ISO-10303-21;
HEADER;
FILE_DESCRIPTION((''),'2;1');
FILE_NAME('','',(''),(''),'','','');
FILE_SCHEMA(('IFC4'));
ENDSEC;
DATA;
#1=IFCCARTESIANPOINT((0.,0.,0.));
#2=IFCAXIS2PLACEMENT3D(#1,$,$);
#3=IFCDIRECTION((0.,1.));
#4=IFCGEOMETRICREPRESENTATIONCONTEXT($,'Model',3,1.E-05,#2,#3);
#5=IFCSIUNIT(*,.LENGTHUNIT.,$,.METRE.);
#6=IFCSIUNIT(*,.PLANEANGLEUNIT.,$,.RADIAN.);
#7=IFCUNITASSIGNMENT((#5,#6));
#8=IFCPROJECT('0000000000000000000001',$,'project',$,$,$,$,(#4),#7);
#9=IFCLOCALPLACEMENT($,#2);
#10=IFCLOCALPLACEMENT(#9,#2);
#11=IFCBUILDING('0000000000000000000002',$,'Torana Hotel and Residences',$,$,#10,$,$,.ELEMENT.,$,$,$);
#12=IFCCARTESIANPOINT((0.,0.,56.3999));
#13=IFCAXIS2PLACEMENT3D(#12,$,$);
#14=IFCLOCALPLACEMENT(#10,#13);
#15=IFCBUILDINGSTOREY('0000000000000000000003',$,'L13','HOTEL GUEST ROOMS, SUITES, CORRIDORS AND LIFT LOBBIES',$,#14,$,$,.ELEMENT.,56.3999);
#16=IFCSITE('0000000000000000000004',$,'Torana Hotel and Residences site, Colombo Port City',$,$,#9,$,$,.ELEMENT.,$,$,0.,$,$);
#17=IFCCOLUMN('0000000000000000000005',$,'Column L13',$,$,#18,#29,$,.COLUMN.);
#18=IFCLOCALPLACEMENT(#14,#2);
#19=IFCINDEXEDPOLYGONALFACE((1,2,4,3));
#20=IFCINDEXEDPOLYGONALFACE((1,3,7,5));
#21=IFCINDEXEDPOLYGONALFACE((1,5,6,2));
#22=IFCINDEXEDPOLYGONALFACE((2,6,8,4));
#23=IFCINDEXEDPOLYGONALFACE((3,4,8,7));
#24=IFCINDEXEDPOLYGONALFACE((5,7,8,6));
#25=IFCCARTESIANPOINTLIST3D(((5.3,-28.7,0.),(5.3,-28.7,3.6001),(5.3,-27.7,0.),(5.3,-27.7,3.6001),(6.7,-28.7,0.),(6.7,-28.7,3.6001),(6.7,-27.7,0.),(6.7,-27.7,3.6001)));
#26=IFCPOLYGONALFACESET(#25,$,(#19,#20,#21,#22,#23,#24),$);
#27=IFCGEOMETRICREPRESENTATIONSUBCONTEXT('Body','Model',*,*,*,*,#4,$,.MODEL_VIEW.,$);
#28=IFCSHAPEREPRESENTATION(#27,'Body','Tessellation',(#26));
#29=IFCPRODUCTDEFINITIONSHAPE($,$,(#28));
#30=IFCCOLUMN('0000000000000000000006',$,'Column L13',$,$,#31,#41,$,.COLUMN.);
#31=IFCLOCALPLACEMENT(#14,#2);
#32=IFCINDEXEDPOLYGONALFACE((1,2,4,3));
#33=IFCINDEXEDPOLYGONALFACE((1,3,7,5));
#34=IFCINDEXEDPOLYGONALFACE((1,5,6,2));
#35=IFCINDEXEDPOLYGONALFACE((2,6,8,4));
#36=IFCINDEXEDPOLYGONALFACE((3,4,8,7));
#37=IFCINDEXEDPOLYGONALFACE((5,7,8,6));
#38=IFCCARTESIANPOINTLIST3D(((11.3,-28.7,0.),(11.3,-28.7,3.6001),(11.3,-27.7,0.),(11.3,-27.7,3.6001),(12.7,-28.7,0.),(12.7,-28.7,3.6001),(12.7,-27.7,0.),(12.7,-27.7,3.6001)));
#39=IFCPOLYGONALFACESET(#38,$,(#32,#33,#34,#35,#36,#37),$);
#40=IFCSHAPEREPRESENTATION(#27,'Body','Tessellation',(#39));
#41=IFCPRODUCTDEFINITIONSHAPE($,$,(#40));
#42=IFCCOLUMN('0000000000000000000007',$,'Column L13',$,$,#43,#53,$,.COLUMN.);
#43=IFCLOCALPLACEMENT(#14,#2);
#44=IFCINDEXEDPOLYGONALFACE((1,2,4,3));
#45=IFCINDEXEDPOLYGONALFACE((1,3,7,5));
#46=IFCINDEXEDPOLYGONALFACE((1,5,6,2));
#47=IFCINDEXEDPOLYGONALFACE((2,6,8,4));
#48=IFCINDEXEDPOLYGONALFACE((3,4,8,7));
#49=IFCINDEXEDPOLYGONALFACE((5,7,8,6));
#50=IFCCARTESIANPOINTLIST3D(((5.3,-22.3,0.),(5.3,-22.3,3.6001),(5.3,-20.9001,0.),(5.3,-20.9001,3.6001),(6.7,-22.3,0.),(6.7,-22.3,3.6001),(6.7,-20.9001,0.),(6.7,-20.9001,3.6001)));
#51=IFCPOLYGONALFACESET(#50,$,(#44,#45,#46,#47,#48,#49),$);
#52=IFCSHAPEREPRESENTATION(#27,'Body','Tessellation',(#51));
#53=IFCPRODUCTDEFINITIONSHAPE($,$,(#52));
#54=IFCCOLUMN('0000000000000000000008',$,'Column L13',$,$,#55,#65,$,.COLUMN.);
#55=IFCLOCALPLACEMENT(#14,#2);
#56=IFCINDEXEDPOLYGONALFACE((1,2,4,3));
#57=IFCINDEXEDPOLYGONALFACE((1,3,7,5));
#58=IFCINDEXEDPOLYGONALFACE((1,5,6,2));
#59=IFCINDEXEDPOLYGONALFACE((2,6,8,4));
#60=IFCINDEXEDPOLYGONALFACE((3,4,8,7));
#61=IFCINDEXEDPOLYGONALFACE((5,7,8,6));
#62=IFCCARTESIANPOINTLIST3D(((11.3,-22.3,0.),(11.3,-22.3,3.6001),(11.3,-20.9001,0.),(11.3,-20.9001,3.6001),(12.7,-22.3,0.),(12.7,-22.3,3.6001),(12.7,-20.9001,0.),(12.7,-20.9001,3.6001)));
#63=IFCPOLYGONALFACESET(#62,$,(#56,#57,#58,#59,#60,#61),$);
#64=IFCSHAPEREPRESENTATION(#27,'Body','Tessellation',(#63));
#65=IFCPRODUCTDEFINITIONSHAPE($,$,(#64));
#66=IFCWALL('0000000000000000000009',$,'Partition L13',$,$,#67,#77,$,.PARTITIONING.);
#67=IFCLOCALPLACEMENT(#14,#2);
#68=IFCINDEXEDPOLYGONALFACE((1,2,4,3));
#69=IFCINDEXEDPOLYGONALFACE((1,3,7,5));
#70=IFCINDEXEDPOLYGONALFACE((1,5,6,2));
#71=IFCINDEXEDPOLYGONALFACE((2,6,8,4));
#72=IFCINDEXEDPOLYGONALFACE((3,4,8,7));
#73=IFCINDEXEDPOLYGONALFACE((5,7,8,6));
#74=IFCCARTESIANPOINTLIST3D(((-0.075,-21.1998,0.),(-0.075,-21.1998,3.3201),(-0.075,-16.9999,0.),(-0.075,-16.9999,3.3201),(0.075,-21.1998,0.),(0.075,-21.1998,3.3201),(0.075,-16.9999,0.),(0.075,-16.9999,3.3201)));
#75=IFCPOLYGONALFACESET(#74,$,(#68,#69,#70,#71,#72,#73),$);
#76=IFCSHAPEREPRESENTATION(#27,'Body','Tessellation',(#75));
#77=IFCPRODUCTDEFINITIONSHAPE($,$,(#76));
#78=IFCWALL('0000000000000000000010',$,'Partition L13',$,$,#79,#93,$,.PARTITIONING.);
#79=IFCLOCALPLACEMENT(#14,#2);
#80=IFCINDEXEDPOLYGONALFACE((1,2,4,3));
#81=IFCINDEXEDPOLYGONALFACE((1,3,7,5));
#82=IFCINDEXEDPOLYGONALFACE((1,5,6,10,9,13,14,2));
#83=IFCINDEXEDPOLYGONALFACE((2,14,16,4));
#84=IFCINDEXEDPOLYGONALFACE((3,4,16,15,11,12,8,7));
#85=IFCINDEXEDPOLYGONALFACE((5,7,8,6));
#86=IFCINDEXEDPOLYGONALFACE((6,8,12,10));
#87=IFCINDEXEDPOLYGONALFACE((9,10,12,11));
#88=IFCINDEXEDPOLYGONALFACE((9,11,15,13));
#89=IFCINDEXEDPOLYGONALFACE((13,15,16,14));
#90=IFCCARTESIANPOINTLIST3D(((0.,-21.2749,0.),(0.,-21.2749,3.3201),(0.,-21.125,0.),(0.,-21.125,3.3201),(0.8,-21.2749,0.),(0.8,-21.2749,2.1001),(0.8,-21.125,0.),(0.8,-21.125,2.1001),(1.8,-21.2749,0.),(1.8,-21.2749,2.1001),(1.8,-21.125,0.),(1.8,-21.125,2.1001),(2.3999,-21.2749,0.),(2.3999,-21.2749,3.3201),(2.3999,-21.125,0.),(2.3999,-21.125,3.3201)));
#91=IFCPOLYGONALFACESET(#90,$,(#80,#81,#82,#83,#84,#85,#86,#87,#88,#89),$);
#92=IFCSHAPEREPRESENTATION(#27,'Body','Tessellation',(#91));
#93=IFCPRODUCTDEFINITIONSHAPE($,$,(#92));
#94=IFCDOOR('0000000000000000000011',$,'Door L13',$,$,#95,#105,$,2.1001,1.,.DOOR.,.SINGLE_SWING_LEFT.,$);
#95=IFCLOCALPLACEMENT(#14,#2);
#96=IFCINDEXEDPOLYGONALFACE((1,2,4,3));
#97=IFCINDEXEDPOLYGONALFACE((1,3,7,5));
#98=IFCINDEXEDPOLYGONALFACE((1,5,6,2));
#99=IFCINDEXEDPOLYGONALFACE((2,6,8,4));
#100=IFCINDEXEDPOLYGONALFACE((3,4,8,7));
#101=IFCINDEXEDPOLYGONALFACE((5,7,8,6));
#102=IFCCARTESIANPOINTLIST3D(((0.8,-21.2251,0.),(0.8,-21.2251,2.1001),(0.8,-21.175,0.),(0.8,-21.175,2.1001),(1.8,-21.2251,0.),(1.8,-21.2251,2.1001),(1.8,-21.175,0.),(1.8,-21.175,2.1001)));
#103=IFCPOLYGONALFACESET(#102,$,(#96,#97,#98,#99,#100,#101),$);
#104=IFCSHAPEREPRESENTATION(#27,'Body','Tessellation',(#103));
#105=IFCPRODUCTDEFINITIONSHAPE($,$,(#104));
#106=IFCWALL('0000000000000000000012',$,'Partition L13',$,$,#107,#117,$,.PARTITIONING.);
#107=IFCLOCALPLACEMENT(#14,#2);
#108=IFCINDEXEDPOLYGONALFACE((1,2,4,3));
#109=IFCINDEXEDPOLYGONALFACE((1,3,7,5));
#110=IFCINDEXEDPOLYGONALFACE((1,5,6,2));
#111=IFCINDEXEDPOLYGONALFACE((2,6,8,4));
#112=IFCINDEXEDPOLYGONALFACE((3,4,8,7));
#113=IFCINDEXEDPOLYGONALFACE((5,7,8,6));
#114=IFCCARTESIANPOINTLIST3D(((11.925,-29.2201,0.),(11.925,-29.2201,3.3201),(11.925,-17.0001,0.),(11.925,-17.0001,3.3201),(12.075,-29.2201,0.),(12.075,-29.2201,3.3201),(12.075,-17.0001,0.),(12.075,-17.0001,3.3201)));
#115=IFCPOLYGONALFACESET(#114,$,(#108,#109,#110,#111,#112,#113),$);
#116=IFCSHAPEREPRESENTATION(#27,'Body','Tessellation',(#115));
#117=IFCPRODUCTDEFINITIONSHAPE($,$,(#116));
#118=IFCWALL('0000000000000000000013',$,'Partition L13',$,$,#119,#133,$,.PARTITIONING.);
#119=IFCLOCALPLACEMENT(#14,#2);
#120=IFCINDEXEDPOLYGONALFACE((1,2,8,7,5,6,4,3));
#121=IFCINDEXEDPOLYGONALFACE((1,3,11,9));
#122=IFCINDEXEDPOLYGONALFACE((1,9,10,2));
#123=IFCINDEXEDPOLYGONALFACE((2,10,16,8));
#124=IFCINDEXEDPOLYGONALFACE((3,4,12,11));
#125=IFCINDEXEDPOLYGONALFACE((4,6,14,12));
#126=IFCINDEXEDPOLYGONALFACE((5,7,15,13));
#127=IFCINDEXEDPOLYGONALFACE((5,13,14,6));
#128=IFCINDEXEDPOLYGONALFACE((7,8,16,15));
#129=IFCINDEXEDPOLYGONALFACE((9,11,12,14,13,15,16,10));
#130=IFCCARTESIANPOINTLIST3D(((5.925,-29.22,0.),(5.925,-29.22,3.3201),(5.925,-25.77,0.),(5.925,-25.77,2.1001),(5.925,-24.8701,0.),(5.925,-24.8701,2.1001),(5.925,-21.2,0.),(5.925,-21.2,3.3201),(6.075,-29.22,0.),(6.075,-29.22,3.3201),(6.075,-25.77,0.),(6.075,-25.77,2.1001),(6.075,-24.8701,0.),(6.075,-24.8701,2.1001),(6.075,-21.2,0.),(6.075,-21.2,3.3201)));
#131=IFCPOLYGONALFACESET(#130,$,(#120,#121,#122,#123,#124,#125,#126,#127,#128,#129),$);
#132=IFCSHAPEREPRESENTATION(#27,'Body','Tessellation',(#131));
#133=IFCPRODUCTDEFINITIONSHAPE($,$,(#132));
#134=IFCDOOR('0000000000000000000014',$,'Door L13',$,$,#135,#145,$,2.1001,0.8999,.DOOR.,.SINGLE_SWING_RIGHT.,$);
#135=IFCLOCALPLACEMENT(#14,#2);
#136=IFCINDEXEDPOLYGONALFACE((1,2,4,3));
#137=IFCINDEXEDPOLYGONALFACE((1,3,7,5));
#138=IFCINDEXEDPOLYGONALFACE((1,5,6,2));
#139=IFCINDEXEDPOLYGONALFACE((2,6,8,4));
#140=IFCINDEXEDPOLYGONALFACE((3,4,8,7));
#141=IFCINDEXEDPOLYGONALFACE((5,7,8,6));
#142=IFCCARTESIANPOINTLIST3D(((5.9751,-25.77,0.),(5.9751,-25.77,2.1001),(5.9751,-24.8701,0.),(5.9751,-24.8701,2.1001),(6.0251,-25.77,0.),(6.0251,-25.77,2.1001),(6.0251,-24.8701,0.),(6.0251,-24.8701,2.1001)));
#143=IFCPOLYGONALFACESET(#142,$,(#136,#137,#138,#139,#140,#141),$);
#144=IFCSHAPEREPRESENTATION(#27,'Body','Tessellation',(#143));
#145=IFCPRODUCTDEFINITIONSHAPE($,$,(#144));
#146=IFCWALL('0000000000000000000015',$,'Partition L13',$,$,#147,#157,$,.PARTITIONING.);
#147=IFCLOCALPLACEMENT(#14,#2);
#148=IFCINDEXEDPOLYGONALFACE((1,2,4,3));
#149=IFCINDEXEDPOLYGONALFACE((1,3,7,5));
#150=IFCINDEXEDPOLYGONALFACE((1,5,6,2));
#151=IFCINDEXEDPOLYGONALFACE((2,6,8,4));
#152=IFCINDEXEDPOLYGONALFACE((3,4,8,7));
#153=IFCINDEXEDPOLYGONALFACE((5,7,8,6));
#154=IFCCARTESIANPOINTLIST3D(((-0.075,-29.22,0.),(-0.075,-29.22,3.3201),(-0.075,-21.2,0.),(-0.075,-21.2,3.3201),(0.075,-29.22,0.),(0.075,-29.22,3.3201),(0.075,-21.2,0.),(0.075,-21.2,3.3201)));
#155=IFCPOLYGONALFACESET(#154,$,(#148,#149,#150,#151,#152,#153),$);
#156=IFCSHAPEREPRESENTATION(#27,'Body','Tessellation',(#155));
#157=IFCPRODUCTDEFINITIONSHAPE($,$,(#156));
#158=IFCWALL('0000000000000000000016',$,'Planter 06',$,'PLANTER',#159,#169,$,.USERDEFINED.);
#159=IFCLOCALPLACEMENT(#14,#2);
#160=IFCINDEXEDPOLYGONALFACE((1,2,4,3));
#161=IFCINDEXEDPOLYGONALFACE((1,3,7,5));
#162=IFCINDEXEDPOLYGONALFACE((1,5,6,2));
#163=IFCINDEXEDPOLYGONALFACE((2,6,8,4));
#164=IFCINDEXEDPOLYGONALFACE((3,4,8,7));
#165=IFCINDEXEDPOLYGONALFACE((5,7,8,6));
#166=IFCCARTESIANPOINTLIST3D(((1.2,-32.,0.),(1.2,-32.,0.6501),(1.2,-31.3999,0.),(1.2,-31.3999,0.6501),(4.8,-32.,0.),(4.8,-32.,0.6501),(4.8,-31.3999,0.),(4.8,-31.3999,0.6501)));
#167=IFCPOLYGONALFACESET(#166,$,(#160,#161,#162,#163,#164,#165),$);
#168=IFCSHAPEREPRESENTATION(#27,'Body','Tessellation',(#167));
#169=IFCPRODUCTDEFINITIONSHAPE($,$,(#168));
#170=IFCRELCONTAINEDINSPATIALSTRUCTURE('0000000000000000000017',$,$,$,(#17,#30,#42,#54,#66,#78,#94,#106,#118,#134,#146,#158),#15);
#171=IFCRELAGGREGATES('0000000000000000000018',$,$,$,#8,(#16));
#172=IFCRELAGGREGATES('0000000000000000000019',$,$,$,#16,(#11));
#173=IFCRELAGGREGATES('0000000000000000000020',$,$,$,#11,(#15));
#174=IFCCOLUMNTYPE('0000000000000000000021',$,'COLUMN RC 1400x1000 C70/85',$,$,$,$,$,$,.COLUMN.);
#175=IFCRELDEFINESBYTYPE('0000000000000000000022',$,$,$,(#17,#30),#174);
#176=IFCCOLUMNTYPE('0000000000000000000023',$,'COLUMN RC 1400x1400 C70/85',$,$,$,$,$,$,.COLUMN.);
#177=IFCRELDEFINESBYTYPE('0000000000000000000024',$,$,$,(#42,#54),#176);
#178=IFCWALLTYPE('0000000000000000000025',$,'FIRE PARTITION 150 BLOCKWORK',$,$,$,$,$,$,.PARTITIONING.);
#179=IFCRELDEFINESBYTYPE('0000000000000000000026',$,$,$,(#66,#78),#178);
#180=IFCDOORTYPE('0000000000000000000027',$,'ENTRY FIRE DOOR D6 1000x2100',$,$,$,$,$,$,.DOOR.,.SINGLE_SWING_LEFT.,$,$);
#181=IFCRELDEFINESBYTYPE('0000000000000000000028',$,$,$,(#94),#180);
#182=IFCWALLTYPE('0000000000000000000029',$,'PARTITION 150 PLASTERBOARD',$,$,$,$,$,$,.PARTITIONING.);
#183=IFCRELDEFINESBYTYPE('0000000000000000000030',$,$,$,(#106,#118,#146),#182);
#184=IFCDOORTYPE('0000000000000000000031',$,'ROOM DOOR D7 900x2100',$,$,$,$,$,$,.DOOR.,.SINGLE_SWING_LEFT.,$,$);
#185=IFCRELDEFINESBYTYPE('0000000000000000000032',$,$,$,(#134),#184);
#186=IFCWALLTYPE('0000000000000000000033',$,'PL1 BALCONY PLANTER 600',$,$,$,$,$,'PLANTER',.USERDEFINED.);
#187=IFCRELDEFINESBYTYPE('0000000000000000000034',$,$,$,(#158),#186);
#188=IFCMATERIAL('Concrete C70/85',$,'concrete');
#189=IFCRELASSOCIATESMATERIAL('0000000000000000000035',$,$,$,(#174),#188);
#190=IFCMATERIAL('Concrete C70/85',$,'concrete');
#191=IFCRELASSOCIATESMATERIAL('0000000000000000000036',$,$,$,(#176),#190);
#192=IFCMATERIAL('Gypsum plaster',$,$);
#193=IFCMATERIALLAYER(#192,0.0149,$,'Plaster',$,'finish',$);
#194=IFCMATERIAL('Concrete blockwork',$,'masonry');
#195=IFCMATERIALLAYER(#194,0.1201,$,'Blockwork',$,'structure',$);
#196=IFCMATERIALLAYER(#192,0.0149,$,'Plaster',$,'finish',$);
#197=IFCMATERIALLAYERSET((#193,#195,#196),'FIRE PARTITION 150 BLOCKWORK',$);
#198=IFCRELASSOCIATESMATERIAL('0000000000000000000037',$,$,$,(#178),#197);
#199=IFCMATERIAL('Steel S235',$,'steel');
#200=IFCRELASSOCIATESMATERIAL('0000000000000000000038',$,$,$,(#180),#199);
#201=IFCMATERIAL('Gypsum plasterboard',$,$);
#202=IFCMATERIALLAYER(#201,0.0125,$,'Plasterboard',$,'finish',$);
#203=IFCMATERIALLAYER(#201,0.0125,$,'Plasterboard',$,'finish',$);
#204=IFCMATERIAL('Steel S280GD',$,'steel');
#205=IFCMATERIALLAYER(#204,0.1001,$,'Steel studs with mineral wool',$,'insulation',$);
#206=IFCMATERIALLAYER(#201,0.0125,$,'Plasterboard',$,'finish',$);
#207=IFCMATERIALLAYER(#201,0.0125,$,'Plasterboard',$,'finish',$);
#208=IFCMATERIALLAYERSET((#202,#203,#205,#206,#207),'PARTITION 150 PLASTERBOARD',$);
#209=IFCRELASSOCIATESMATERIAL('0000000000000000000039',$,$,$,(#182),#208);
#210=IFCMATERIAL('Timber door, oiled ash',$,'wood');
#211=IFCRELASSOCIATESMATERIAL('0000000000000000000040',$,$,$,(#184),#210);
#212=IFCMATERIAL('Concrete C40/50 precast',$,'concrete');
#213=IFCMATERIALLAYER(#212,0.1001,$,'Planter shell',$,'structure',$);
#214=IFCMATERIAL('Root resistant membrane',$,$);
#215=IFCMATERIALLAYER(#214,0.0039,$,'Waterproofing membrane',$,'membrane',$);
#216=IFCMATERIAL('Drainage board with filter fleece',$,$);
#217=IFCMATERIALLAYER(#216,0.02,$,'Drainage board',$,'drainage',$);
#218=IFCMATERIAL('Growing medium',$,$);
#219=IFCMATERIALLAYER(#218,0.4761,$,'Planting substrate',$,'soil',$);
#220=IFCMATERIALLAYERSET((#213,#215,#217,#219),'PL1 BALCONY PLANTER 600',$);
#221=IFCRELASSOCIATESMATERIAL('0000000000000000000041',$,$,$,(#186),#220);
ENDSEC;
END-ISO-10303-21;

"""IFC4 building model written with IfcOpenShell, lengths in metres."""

from ifc_helpers import new_model, si_unit, direction, frame, frame_2d, origin, origin_2d, place, context, subcontext, project, spatial, rectangle, extrude, material, layer, layer_set, material_profile, profile_set, type_object, element, fill, save


model = new_model("IFC4")

# Units and contexts
model_context = context("Model", 3, precision=1e-05, world=origin(), true_north=direction((0.0, 1.0)))
body_context = subcontext(model_context, "Body", "Model", "MODEL_VIEW")
ifc_project = project(units=[si_unit("LENGTHUNIT", "METRE"), si_unit("PLANEANGLEUNIT", "RADIAN")], contexts=[model_context])

# Site, building, storey
site_placement = place(None, origin())
site = spatial("IfcSite", under=ifc_project, at=site_placement, Name="Torana Hotel and Residences site, Colombo Port City", CompositionType="ELEMENT", RefElevation=0.0)
building_placement = place(site_placement, origin())
building = spatial("IfcBuilding", under=site, at=building_placement, Name="Torana Hotel and Residences", CompositionType="ELEMENT")
storey_placement = place(building_placement, frame((0.0, 0.0, 56.3999)))
storey = spatial("IfcBuildingStorey", under=building, at=storey_placement, Name="L13", Description="HOTEL GUEST ROOMS, SUITES, CORRIDORS AND LIFT LOBBIES", CompositionType="ELEMENT", Elevation=56.3999)

# Columns
ifc_material_1 = material(Name="Concrete C70/85", Category="concrete")
ifc_material_profile_1 = material_profile(ifc_material_1, rectangle(XDim=1.3999, YDim=1.0, at=origin_2d()), Name="RC 1400x1000")
ifc_profile_set_1 = profile_set([ifc_material_profile_1], Name="Concrete C70/85")
column_type_1 = type_object("IfcColumnType", Name="COLUMN RC 1400x1000 C70/85", PredefinedType="COLUMN", material=ifc_profile_set_1)
for number, where, z_axis, x_axis, name in (
    (1, (6.0, -28.2, 0.0), (0.0, 0.0, 1.0), (1.0, 0.0, 0.0), "Column L13"),
    (2, (12.0, -28.2, 0.0), (0.0, 0.0, 1.0), (1.0, 0.0, 0.0), "Column L13"),
):
    element("IfcColumn", number, at=place(storey_placement, frame(where, z_axis=z_axis, x_axis=x_axis)), inside=storey, type_object=column_type_1, Name=name, PredefinedType="COLUMN", context=body_context, shape_type="SweptSolid", body=[
        extrude(rectangle(XDim=1.3999, YDim=1.0, at=origin_2d()), origin(), (0.0, 0.0, 1.0), 3.6001),
    ])
ifc_material_2 = material(Name="Concrete C70/85", Category="concrete")
ifc_material_profile_2 = material_profile(ifc_material_2, rectangle(XDim=1.3999, YDim=1.3999, at=origin_2d()), Name="RC 1400x1400")
ifc_profile_set_2 = profile_set([ifc_material_profile_2], Name="Concrete C70/85")
column_type_2 = type_object("IfcColumnType", Name="COLUMN RC 1400x1400 C70/85", PredefinedType="COLUMN", material=ifc_profile_set_2)
for number, where, z_axis, x_axis, name in (
    (3, (6.0, -21.6001, 0.0), (0.0, 0.0, 1.0), (1.0, 0.0, 0.0), "Column L13"),
    (4, (12.0, -21.6001, 0.0), (0.0, 0.0, 1.0), (1.0, 0.0, 0.0), "Column L13"),
):
    element("IfcColumn", number, at=place(storey_placement, frame(where, z_axis=z_axis, x_axis=x_axis)), inside=storey, type_object=column_type_2, Name=name, PredefinedType="COLUMN", context=body_context, shape_type="SweptSolid", body=[
        extrude(rectangle(XDim=1.3999, YDim=1.3999, at=origin_2d()), origin(), (0.0, 0.0, 1.0), 3.6001),
    ])

# Wall
ifc_material_3 = material(Name="Gypsum plaster")
ifc_layer_1 = layer(ifc_material_3, 0.0149, Name="Plaster", Category="finish")
ifc_material_4 = material(Name="Concrete blockwork", Category="masonry")
ifc_layer_2 = layer(ifc_material_4, 0.1201, Name="Blockwork", Category="structure")
ifc_layer_3 = layer(ifc_material_3, 0.0149, Name="Plaster", Category="finish")
ifc_layer_set_1 = layer_set([ifc_layer_1, ifc_layer_2, ifc_layer_3], Name="FIRE PARTITION 150 BLOCKWORK")
wall_type_1 = type_object("IfcWallType", Name="FIRE PARTITION 150 BLOCKWORK", PredefinedType="PARTITIONING", material=ifc_layer_set_1)
wall_1_placement = place(storey_placement, frame((0.0, -21.2, 0.0), z_axis=(0.0, 0.0, 1.0), x_axis=(0.0, 1.0, 0.0)))
element("IfcWall", 5, at=wall_1_placement, inside=storey, type_object=wall_type_1, Name="Partition L13", PredefinedType="PARTITIONING", context=body_context, shape_type="SweptSolid", body=[
    extrude(rectangle(XDim=4.2, YDim=0.1499, at=frame_2d((2.1001, 0.0))), origin(), (0.0, 0.0, 1.0), 3.3201),
])

# Wall, opening, door
wall_2_placement = place(storey_placement, frame((0.0, -21.2, 0.0), z_axis=(0.0, 0.0, 1.0), x_axis=(1.0, 0.0, 0.0)))
wall_2 = element("IfcWall", 6, at=wall_2_placement, inside=storey, type_object=wall_type_1, Name="Partition L13", PredefinedType="PARTITIONING", context=body_context, shape_type="SweptSolid", body=[
    extrude(rectangle(XDim=2.3999, YDim=0.1499, at=frame_2d((1.2, 0.0))), origin(), (0.0, 0.0, 1.0), 3.3201),
])
opening_1_placement = place(wall_2_placement, frame((0.8, 0.0, 0.0)))
opening_1 = element("IfcOpeningElement", 7, at=opening_1_placement, cuts=wall_2, PredefinedType="OPENING", context=body_context, shape_type="SweptSolid", body=[
    extrude(rectangle(XDim=1.0, YDim=2.1001, at=frame_2d((0.5, 1.05))), frame((0.0, 0.085, 0.0), z_axis=(0.0, -1.0, 0.0), x_axis=(1.0, 0.0, 0.0)), (0.0, 0.0, 1.0), 0.1699),
])
ifc_material_5 = material(Name="Steel S235", Category="steel")
door_type_1 = type_object("IfcDoorType", Name="ENTRY FIRE DOOR D6 1000x2100", OperationType="SINGLE_SWING_LEFT", PredefinedType="DOOR", material=ifc_material_5)
door_1_placement = place(opening_1_placement, frame((0.5, 0.0, 0.0), z_axis=(0.0, 0.0, 1.0), x_axis=(-1.0, 0.0, 0.0)))
door_1 = element("IfcDoor", 8, at=door_1_placement, inside=storey, type_object=door_type_1, Name="Door L13", OperationType="SINGLE_SWING_LEFT", OverallHeight=2.1001, OverallWidth=1.0, PredefinedType="DOOR", context=body_context, shape_type="SweptSolid", body=[
    extrude(rectangle(XDim=1.0, YDim=2.1001, at=frame_2d((0.0, 1.05))), frame((0.0, -0.0249, 0.0), z_axis=(0.0, 1.0, 0.0), x_axis=(-1.0, 0.0, 0.0)), (0.0, 0.0, 1.0), 0.05),
])
fill(opening_1, door_1)

# Wall
ifc_material_6 = material(Name="Gypsum plasterboard")
ifc_layer_4 = layer(ifc_material_6, 0.0125, Name="Plasterboard", Category="finish")
ifc_layer_5 = layer(ifc_material_6, 0.0125, Name="Plasterboard", Category="finish")
ifc_material_7 = material(Name="Steel S280GD", Category="steel")
ifc_layer_6 = layer(ifc_material_7, 0.1001, Name="Steel studs with mineral wool", Category="insulation")
ifc_layer_7 = layer(ifc_material_6, 0.0125, Name="Plasterboard", Category="finish")
ifc_layer_8 = layer(ifc_material_6, 0.0125, Name="Plasterboard", Category="finish")
ifc_layer_set_2 = layer_set([ifc_layer_4, ifc_layer_5, ifc_layer_6, ifc_layer_7, ifc_layer_8], Name="PARTITION 150 PLASTERBOARD")
wall_type_2 = type_object("IfcWallType", Name="PARTITION 150 PLASTERBOARD", PredefinedType="PARTITIONING", material=ifc_layer_set_2)
wall_3_placement = place(storey_placement, frame((12.0, -29.22, 0.0), z_axis=(0.0, 0.0, 1.0), x_axis=(0.0, 1.0, 0.0)))
element("IfcWall", 9, at=wall_3_placement, inside=storey, type_object=wall_type_2, Name="Partition L13", PredefinedType="PARTITIONING", context=body_context, shape_type="SweptSolid", body=[
    extrude(rectangle(XDim=12.22, YDim=0.1499, at=frame_2d((6.1099, 0.0))), origin(), (0.0, 0.0, 1.0), 3.3201),
])

# Wall, opening, door
wall_4_placement = place(storey_placement, frame((6.0, -29.22, 0.0), z_axis=(0.0, 0.0, 1.0), x_axis=(0.0, 1.0, 0.0)))
wall_4 = element("IfcWall", 10, at=wall_4_placement, inside=storey, type_object=wall_type_2, Name="Partition L13", PredefinedType="PARTITIONING", context=body_context, shape_type="SweptSolid", body=[
    extrude(rectangle(XDim=8.02, YDim=0.1499, at=frame_2d((4.01, 0.0))), origin(), (0.0, 0.0, 1.0), 3.3201),
])
opening_2_placement = place(wall_4_placement, frame((3.45, 0.0, 0.0)))
opening_2 = element("IfcOpeningElement", 11, at=opening_2_placement, cuts=wall_4, PredefinedType="OPENING", context=body_context, shape_type="SweptSolid", body=[
    extrude(rectangle(XDim=0.8999, YDim=2.1001, at=frame_2d((0.45, 1.05))), frame((0.0, 0.085, 0.0), z_axis=(0.0, -1.0, 0.0), x_axis=(1.0, 0.0, 0.0)), (0.0, 0.0, 1.0), 0.1699),
])
ifc_material_8 = material(Name="Timber door, oiled ash", Category="wood")
door_type_2 = type_object("IfcDoorType", Name="ROOM DOOR D7 900x2100", OperationType="SINGLE_SWING_LEFT", PredefinedType="DOOR", material=ifc_material_8)
door_2_placement = place(opening_2_placement, origin())
door_2 = element("IfcDoor", 12, at=door_2_placement, inside=storey, type_object=door_type_2, Name="Door L13", OperationType="SINGLE_SWING_RIGHT", OverallHeight=2.1001, OverallWidth=0.8999, PredefinedType="DOOR", context=body_context, shape_type="SweptSolid", body=[
    extrude(rectangle(XDim=0.8999, YDim=2.1001, at=frame_2d((0.45, 1.05))), frame((0.0, 0.0249, 0.0), z_axis=(0.0, -1.0, 0.0), x_axis=(1.0, 0.0, 0.0)), (0.0, 0.0, 1.0), 0.05),
])
fill(opening_2, door_2)

# Walls
wall_5_placement = place(storey_placement, frame((0.0, -29.22, 0.0), z_axis=(0.0, 0.0, 1.0), x_axis=(0.0, 1.0, 0.0)))
element("IfcWall", 13, at=wall_5_placement, inside=storey, type_object=wall_type_2, Name="Partition L13", PredefinedType="PARTITIONING", context=body_context, shape_type="SweptSolid", body=[
    extrude(rectangle(XDim=8.02, YDim=0.1499, at=frame_2d((4.01, 0.0))), origin(), (0.0, 0.0, 1.0), 3.3201),
])
ifc_material_9 = material(Name="Concrete C40/50 precast", Category="concrete")
ifc_layer_9 = layer(ifc_material_9, 0.1001, Name="Planter shell", Category="structure")
ifc_material_10 = material(Name="Root resistant membrane")
ifc_layer_10 = layer(ifc_material_10, 0.0039, Name="Waterproofing membrane", Category="membrane")
ifc_material_11 = material(Name="Drainage board with filter fleece")
ifc_layer_11 = layer(ifc_material_11, 0.02, Name="Drainage board", Category="drainage")
ifc_material_12 = material(Name="Growing medium")
ifc_layer_12 = layer(ifc_material_12, 0.4761, Name="Planting substrate", Category="soil")
ifc_layer_set_3 = layer_set([ifc_layer_9, ifc_layer_10, ifc_layer_11, ifc_layer_12], Name="PL1 BALCONY PLANTER 600")
wall_type_3 = type_object("IfcWallType", Name="PL1 BALCONY PLANTER 600", ElementType="PLANTER", PredefinedType="USERDEFINED", material=ifc_layer_set_3)
for number, where, z_axis, x_axis, name in (
    (14, (4.8, -31.7, 0.0), (0.0, 0.0, 1.0), (-1.0, 0.0, 0.0), "Planter 06"),
):
    element("IfcWall", number, at=place(storey_placement, frame(where, z_axis=z_axis, x_axis=x_axis)), inside=storey, type_object=wall_type_3, Name=name, ObjectType="PLANTER", PredefinedType="USERDEFINED", context=body_context, shape_type="SweptSolid", body=[
        extrude(rectangle(XDim=3.6001, YDim=0.6001, at=frame_2d((1.8, 0.0))), origin(), (0.0, 0.0, 1.0), 0.6501),
    ])

save(model, "model.ifc")
